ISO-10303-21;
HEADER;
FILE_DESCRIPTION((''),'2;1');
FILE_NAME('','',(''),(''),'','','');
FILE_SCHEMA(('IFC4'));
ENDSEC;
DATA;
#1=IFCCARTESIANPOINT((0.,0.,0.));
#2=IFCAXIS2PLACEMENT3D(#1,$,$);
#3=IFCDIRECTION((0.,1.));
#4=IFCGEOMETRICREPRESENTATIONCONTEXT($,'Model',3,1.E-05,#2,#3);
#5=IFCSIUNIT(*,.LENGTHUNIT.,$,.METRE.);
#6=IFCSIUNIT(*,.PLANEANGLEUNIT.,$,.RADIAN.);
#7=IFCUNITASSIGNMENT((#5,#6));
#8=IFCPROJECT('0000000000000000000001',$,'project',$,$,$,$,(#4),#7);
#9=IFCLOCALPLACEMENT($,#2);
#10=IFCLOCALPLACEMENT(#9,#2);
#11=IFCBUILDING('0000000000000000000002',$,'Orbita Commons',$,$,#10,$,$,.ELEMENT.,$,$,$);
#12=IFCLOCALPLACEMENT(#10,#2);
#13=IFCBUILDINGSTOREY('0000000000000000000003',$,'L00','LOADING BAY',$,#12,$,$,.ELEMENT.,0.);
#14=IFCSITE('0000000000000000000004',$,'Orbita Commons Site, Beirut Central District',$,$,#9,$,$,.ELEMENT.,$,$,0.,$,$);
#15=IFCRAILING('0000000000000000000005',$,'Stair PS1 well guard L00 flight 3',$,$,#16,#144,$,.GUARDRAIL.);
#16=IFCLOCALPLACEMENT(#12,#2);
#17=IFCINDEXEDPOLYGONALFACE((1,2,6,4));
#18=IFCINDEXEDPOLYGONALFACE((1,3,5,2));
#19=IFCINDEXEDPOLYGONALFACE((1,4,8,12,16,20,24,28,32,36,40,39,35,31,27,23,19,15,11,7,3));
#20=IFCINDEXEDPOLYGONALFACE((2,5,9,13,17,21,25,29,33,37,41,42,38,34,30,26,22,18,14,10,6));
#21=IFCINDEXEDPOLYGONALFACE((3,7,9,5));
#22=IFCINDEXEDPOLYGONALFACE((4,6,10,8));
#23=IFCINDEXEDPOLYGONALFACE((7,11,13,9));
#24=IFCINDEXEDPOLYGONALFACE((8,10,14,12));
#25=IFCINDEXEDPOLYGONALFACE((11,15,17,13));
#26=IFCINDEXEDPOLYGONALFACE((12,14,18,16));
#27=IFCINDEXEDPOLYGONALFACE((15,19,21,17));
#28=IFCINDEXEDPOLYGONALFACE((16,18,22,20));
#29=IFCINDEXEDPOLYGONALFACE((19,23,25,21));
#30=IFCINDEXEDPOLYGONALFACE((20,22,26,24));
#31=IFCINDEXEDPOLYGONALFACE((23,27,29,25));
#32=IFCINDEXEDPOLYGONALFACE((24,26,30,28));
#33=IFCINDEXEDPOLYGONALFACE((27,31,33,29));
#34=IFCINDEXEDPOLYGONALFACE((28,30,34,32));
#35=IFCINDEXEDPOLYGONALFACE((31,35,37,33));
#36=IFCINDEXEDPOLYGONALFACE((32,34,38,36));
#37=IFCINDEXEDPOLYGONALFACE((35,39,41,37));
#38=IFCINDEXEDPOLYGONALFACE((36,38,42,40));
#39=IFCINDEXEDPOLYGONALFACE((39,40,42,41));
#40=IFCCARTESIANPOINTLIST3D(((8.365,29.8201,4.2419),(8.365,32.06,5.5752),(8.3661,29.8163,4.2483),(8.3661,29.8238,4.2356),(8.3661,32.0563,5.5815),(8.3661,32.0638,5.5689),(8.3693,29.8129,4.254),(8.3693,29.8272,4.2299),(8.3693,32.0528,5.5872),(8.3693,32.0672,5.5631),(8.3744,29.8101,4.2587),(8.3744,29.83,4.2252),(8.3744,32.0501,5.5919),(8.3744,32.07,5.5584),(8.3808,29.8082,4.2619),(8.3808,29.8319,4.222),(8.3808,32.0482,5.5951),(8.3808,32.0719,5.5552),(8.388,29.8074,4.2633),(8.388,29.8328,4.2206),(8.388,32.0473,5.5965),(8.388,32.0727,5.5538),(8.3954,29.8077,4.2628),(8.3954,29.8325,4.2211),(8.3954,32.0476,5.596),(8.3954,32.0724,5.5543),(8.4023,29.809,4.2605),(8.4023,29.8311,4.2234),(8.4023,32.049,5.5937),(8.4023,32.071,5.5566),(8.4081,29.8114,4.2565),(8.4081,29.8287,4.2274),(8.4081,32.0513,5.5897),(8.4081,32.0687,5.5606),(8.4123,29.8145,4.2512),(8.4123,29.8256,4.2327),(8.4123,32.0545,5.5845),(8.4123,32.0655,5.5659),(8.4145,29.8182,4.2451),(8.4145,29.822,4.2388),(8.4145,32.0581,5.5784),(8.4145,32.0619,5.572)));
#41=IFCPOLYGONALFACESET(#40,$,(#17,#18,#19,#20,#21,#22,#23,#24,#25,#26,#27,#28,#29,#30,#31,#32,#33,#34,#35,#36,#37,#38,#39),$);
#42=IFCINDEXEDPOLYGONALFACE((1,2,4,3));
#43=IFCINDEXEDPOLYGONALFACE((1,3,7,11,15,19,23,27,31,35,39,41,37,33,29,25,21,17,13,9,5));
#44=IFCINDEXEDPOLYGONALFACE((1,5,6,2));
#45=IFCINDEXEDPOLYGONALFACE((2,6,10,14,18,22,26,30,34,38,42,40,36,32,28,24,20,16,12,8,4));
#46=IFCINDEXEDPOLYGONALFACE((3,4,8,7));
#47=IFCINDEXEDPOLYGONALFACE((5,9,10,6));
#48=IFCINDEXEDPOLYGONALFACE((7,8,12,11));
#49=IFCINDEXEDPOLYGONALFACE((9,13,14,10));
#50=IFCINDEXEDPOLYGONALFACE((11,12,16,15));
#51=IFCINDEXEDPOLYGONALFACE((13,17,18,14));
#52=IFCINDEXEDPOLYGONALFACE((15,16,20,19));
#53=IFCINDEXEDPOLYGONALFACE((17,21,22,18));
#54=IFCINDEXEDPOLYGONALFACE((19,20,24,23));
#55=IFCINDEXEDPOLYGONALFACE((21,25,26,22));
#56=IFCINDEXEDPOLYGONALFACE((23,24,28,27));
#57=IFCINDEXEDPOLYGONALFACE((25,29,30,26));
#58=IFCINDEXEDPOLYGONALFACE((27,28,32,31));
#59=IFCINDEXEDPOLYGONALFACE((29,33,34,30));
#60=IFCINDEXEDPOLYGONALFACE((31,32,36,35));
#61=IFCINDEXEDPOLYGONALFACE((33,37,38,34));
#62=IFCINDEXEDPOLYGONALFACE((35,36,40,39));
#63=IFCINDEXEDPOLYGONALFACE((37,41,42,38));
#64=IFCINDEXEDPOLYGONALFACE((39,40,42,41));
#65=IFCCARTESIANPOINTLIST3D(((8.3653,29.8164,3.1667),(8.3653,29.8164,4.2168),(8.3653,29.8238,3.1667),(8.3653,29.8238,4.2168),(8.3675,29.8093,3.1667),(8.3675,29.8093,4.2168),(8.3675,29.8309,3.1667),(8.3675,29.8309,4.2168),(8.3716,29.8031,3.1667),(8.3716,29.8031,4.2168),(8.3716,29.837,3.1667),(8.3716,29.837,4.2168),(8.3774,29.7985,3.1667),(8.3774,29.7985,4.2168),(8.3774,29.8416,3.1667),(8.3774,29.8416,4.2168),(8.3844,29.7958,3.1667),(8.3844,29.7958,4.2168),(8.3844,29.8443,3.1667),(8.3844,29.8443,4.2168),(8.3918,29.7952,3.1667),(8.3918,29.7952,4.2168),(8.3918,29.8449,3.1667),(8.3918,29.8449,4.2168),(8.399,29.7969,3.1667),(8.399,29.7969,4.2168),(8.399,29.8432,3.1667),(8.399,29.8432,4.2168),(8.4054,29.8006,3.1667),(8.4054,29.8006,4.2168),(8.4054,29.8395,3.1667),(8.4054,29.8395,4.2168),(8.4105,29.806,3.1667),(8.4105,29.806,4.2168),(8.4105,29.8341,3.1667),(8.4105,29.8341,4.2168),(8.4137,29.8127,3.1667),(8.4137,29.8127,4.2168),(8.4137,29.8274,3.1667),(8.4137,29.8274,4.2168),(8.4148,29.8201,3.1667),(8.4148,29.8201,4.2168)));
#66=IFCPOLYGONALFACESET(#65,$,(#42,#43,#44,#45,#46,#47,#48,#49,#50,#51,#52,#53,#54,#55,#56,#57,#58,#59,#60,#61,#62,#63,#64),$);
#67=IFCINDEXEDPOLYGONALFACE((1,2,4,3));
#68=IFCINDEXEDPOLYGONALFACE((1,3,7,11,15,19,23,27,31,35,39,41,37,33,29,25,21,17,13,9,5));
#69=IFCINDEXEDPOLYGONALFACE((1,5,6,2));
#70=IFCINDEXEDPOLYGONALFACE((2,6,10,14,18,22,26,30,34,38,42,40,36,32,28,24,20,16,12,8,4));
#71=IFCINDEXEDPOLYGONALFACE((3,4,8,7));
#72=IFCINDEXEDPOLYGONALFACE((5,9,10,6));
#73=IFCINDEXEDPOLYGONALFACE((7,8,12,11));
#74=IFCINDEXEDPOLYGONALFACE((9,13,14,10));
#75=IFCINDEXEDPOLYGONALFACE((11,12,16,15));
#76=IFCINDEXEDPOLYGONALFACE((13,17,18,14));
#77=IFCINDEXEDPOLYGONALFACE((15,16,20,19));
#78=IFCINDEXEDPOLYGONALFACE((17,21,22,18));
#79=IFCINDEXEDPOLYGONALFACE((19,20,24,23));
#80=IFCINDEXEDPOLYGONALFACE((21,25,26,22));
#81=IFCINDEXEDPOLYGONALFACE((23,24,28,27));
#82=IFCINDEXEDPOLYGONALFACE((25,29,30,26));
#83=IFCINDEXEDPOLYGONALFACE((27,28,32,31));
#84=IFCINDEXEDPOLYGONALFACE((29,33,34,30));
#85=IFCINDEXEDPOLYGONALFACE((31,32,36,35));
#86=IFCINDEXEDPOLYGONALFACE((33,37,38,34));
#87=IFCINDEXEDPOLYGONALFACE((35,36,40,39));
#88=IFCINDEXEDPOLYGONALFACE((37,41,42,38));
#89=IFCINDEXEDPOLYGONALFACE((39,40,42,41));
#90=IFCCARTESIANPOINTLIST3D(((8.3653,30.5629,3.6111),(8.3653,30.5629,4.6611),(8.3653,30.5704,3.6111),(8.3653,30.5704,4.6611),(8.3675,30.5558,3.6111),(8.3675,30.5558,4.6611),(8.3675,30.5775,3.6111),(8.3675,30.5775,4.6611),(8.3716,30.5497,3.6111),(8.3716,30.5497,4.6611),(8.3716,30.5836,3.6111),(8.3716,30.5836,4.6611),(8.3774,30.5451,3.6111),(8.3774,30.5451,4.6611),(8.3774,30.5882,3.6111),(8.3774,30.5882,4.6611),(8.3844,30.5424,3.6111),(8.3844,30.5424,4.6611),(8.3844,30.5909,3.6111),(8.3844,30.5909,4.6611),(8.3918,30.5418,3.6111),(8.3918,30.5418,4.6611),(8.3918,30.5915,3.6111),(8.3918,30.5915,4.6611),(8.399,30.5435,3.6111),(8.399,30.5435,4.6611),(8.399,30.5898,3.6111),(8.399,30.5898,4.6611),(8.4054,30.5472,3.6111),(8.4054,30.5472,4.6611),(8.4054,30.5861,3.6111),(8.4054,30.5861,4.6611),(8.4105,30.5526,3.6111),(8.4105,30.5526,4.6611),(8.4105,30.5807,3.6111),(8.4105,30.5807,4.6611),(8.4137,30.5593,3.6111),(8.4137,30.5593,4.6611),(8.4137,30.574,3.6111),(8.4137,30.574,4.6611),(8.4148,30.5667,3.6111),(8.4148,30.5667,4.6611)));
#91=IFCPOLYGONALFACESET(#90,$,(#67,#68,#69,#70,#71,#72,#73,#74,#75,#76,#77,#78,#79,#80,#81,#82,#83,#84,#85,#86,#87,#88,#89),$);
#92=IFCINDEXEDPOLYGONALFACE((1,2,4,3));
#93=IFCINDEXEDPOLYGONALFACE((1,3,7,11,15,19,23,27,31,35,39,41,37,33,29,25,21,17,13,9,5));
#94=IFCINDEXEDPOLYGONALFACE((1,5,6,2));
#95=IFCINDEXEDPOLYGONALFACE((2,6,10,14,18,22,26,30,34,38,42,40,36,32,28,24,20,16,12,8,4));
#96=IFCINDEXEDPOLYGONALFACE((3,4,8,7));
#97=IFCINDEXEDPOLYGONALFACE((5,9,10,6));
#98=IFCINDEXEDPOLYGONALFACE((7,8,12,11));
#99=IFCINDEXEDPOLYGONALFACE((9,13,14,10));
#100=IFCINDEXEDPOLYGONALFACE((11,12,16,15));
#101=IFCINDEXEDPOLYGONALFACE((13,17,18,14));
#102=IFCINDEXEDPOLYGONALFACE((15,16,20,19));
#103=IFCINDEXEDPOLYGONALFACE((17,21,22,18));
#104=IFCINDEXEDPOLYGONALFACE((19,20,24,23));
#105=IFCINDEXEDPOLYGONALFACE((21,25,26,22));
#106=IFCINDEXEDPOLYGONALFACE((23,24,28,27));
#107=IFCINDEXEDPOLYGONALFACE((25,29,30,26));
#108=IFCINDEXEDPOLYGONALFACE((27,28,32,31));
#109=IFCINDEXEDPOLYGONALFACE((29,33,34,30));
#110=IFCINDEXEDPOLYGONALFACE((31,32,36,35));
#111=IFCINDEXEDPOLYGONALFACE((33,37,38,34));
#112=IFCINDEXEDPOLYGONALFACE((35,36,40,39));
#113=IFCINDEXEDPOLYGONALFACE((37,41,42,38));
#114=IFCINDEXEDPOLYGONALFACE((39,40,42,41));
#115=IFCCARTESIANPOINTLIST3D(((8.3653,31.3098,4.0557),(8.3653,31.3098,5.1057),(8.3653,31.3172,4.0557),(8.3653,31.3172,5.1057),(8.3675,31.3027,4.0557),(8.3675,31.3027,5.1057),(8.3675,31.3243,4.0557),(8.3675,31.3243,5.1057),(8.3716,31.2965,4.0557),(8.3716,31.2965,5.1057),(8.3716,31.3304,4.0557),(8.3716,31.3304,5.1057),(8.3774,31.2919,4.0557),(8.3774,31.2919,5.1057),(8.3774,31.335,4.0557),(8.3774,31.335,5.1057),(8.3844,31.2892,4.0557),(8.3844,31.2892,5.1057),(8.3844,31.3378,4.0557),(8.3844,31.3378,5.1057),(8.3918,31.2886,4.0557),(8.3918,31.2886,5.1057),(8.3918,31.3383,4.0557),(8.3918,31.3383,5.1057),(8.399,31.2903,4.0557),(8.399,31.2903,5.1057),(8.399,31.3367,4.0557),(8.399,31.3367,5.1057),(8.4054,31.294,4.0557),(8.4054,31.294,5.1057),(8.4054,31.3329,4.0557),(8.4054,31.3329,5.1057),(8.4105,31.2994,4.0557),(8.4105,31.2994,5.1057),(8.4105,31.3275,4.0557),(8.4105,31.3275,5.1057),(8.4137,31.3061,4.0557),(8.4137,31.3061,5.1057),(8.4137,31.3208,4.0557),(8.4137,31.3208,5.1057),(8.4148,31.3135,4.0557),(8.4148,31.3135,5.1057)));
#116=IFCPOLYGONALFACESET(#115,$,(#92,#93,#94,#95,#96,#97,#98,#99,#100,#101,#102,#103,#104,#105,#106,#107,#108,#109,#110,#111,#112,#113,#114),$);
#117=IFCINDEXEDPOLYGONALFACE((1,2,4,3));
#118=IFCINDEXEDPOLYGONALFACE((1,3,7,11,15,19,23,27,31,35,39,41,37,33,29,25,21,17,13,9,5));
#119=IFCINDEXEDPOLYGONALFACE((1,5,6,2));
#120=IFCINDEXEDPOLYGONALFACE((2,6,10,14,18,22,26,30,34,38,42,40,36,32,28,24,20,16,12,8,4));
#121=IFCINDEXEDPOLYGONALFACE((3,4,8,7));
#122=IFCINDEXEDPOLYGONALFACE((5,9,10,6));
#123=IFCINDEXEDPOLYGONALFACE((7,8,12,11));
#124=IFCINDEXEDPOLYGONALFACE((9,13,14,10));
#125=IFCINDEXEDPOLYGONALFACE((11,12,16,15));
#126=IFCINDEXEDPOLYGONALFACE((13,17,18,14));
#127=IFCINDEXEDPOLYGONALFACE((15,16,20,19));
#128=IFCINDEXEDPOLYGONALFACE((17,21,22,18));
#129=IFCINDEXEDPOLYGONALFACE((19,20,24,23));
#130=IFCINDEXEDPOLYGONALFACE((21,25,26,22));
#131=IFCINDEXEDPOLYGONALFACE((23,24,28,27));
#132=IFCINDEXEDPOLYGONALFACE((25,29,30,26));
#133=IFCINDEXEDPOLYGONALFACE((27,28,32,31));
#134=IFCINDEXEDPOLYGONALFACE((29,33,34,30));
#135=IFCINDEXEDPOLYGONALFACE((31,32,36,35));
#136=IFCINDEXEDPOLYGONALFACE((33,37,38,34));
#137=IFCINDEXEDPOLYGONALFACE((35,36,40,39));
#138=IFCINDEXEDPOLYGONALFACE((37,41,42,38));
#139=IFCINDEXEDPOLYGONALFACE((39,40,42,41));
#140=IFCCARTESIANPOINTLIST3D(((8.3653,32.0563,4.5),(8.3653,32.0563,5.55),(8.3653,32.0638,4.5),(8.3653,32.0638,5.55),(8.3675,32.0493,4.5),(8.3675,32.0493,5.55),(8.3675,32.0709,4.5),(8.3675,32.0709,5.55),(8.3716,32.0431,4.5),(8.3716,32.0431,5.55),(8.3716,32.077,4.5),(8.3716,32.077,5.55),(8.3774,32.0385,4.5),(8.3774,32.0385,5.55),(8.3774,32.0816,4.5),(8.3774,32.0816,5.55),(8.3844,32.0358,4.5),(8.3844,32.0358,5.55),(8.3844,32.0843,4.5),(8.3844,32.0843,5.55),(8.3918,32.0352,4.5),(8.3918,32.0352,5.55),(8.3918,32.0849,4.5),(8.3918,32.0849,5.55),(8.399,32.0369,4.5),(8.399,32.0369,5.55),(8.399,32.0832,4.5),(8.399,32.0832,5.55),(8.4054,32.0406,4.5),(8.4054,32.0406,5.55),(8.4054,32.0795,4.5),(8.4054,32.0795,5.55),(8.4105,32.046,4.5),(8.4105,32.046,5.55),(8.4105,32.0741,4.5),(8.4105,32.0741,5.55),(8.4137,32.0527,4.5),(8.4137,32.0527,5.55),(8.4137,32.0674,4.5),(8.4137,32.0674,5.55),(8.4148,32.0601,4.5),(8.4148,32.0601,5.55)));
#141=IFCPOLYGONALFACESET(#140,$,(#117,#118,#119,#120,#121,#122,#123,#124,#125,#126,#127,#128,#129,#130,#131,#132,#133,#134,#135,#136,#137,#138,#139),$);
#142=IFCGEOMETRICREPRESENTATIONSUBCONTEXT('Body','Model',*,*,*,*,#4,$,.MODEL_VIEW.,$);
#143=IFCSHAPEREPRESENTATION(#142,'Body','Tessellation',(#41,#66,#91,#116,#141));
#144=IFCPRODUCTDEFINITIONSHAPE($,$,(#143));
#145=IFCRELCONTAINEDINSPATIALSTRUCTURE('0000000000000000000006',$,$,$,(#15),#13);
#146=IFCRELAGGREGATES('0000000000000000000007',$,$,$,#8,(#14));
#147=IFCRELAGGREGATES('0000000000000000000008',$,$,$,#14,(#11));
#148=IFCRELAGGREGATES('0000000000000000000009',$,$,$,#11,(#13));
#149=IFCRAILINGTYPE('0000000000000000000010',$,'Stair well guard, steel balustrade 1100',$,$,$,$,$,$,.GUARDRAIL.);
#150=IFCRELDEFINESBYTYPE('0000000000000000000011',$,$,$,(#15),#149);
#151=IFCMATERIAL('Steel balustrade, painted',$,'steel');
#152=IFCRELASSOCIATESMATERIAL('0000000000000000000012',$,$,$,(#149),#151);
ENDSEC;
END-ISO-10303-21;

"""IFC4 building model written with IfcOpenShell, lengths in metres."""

from ifc_helpers import new_model, si_unit, direction, frame, origin, origin_2d, place, context, subcontext, project, spatial, circle, extrude, material, type_object, element, save


model = new_model("IFC4")

# Units and contexts
model_context = context("Model", 3, precision=1e-05, world=origin(), true_north=direction((0.0, 1.0)))
body_context = subcontext(model_context, "Body", "Model", "MODEL_VIEW")
ifc_project = project(units=[si_unit("LENGTHUNIT", "METRE"), si_unit("PLANEANGLEUNIT", "RADIAN")], contexts=[model_context])

# Site, building, storey
site_placement = place(None, origin())
site = spatial("IfcSite", under=ifc_project, at=site_placement, Name="Orbita Commons Site, Beirut Central District", CompositionType="ELEMENT", RefElevation=0.0)
building_placement = place(site_placement, origin())
building = spatial("IfcBuilding", under=site, at=building_placement, Name="Orbita Commons", CompositionType="ELEMENT")
storey_placement = place(building_placement, origin())
storey = spatial("IfcBuildingStorey", under=building, at=storey_placement, Name="L00", Description="LOADING BAY", CompositionType="ELEMENT", Elevation=0.0)

# Railing
ifc_material_1 = material(Name="Steel balustrade, painted", Category="steel")
railing_type_1 = type_object("IfcRailingType", Name="Stair well guard, steel balustrade 1100", PredefinedType="GUARDRAIL", material=ifc_material_1)
railing_1_placement = place(storey_placement, frame((8.3899, 29.8201, 3.1667)))
element("IfcRailing", 1, at=railing_1_placement, inside=storey, type_object=railing_type_1, Name="Stair PS1 well guard L00 flight 3", PredefinedType="GUARDRAIL", context=body_context, shape_type="SweptSolid", body=[
    extrude(circle(Radius=0.0249, at=origin_2d()), frame((0.0, 0.0, 1.0752), z_axis=(0.0, 0.859306, 0.511462), x_axis=(-1.0, 0.0, 0.0)), (0.0, 0.0, 1.0), 2.6067),
    extrude(circle(Radius=0.0249, at=origin_2d()), origin(), (0.0, 0.0, 1.0), 1.05),
    extrude(circle(Radius=0.0249, at=origin_2d()), frame((0.0, 0.7466, 0.4443)), (0.0, 0.0, 1.0), 1.05),
    extrude(circle(Radius=0.0249, at=origin_2d()), frame((0.0, 1.4934, 0.8889)), (0.0, 0.0, 1.0), 1.05),
    extrude(circle(Radius=0.0249, at=origin_2d()), frame((0.0, 2.24, 1.3333)), (0.0, 0.0, 1.0), 1.05),
])

save(model, "model.ifc")
